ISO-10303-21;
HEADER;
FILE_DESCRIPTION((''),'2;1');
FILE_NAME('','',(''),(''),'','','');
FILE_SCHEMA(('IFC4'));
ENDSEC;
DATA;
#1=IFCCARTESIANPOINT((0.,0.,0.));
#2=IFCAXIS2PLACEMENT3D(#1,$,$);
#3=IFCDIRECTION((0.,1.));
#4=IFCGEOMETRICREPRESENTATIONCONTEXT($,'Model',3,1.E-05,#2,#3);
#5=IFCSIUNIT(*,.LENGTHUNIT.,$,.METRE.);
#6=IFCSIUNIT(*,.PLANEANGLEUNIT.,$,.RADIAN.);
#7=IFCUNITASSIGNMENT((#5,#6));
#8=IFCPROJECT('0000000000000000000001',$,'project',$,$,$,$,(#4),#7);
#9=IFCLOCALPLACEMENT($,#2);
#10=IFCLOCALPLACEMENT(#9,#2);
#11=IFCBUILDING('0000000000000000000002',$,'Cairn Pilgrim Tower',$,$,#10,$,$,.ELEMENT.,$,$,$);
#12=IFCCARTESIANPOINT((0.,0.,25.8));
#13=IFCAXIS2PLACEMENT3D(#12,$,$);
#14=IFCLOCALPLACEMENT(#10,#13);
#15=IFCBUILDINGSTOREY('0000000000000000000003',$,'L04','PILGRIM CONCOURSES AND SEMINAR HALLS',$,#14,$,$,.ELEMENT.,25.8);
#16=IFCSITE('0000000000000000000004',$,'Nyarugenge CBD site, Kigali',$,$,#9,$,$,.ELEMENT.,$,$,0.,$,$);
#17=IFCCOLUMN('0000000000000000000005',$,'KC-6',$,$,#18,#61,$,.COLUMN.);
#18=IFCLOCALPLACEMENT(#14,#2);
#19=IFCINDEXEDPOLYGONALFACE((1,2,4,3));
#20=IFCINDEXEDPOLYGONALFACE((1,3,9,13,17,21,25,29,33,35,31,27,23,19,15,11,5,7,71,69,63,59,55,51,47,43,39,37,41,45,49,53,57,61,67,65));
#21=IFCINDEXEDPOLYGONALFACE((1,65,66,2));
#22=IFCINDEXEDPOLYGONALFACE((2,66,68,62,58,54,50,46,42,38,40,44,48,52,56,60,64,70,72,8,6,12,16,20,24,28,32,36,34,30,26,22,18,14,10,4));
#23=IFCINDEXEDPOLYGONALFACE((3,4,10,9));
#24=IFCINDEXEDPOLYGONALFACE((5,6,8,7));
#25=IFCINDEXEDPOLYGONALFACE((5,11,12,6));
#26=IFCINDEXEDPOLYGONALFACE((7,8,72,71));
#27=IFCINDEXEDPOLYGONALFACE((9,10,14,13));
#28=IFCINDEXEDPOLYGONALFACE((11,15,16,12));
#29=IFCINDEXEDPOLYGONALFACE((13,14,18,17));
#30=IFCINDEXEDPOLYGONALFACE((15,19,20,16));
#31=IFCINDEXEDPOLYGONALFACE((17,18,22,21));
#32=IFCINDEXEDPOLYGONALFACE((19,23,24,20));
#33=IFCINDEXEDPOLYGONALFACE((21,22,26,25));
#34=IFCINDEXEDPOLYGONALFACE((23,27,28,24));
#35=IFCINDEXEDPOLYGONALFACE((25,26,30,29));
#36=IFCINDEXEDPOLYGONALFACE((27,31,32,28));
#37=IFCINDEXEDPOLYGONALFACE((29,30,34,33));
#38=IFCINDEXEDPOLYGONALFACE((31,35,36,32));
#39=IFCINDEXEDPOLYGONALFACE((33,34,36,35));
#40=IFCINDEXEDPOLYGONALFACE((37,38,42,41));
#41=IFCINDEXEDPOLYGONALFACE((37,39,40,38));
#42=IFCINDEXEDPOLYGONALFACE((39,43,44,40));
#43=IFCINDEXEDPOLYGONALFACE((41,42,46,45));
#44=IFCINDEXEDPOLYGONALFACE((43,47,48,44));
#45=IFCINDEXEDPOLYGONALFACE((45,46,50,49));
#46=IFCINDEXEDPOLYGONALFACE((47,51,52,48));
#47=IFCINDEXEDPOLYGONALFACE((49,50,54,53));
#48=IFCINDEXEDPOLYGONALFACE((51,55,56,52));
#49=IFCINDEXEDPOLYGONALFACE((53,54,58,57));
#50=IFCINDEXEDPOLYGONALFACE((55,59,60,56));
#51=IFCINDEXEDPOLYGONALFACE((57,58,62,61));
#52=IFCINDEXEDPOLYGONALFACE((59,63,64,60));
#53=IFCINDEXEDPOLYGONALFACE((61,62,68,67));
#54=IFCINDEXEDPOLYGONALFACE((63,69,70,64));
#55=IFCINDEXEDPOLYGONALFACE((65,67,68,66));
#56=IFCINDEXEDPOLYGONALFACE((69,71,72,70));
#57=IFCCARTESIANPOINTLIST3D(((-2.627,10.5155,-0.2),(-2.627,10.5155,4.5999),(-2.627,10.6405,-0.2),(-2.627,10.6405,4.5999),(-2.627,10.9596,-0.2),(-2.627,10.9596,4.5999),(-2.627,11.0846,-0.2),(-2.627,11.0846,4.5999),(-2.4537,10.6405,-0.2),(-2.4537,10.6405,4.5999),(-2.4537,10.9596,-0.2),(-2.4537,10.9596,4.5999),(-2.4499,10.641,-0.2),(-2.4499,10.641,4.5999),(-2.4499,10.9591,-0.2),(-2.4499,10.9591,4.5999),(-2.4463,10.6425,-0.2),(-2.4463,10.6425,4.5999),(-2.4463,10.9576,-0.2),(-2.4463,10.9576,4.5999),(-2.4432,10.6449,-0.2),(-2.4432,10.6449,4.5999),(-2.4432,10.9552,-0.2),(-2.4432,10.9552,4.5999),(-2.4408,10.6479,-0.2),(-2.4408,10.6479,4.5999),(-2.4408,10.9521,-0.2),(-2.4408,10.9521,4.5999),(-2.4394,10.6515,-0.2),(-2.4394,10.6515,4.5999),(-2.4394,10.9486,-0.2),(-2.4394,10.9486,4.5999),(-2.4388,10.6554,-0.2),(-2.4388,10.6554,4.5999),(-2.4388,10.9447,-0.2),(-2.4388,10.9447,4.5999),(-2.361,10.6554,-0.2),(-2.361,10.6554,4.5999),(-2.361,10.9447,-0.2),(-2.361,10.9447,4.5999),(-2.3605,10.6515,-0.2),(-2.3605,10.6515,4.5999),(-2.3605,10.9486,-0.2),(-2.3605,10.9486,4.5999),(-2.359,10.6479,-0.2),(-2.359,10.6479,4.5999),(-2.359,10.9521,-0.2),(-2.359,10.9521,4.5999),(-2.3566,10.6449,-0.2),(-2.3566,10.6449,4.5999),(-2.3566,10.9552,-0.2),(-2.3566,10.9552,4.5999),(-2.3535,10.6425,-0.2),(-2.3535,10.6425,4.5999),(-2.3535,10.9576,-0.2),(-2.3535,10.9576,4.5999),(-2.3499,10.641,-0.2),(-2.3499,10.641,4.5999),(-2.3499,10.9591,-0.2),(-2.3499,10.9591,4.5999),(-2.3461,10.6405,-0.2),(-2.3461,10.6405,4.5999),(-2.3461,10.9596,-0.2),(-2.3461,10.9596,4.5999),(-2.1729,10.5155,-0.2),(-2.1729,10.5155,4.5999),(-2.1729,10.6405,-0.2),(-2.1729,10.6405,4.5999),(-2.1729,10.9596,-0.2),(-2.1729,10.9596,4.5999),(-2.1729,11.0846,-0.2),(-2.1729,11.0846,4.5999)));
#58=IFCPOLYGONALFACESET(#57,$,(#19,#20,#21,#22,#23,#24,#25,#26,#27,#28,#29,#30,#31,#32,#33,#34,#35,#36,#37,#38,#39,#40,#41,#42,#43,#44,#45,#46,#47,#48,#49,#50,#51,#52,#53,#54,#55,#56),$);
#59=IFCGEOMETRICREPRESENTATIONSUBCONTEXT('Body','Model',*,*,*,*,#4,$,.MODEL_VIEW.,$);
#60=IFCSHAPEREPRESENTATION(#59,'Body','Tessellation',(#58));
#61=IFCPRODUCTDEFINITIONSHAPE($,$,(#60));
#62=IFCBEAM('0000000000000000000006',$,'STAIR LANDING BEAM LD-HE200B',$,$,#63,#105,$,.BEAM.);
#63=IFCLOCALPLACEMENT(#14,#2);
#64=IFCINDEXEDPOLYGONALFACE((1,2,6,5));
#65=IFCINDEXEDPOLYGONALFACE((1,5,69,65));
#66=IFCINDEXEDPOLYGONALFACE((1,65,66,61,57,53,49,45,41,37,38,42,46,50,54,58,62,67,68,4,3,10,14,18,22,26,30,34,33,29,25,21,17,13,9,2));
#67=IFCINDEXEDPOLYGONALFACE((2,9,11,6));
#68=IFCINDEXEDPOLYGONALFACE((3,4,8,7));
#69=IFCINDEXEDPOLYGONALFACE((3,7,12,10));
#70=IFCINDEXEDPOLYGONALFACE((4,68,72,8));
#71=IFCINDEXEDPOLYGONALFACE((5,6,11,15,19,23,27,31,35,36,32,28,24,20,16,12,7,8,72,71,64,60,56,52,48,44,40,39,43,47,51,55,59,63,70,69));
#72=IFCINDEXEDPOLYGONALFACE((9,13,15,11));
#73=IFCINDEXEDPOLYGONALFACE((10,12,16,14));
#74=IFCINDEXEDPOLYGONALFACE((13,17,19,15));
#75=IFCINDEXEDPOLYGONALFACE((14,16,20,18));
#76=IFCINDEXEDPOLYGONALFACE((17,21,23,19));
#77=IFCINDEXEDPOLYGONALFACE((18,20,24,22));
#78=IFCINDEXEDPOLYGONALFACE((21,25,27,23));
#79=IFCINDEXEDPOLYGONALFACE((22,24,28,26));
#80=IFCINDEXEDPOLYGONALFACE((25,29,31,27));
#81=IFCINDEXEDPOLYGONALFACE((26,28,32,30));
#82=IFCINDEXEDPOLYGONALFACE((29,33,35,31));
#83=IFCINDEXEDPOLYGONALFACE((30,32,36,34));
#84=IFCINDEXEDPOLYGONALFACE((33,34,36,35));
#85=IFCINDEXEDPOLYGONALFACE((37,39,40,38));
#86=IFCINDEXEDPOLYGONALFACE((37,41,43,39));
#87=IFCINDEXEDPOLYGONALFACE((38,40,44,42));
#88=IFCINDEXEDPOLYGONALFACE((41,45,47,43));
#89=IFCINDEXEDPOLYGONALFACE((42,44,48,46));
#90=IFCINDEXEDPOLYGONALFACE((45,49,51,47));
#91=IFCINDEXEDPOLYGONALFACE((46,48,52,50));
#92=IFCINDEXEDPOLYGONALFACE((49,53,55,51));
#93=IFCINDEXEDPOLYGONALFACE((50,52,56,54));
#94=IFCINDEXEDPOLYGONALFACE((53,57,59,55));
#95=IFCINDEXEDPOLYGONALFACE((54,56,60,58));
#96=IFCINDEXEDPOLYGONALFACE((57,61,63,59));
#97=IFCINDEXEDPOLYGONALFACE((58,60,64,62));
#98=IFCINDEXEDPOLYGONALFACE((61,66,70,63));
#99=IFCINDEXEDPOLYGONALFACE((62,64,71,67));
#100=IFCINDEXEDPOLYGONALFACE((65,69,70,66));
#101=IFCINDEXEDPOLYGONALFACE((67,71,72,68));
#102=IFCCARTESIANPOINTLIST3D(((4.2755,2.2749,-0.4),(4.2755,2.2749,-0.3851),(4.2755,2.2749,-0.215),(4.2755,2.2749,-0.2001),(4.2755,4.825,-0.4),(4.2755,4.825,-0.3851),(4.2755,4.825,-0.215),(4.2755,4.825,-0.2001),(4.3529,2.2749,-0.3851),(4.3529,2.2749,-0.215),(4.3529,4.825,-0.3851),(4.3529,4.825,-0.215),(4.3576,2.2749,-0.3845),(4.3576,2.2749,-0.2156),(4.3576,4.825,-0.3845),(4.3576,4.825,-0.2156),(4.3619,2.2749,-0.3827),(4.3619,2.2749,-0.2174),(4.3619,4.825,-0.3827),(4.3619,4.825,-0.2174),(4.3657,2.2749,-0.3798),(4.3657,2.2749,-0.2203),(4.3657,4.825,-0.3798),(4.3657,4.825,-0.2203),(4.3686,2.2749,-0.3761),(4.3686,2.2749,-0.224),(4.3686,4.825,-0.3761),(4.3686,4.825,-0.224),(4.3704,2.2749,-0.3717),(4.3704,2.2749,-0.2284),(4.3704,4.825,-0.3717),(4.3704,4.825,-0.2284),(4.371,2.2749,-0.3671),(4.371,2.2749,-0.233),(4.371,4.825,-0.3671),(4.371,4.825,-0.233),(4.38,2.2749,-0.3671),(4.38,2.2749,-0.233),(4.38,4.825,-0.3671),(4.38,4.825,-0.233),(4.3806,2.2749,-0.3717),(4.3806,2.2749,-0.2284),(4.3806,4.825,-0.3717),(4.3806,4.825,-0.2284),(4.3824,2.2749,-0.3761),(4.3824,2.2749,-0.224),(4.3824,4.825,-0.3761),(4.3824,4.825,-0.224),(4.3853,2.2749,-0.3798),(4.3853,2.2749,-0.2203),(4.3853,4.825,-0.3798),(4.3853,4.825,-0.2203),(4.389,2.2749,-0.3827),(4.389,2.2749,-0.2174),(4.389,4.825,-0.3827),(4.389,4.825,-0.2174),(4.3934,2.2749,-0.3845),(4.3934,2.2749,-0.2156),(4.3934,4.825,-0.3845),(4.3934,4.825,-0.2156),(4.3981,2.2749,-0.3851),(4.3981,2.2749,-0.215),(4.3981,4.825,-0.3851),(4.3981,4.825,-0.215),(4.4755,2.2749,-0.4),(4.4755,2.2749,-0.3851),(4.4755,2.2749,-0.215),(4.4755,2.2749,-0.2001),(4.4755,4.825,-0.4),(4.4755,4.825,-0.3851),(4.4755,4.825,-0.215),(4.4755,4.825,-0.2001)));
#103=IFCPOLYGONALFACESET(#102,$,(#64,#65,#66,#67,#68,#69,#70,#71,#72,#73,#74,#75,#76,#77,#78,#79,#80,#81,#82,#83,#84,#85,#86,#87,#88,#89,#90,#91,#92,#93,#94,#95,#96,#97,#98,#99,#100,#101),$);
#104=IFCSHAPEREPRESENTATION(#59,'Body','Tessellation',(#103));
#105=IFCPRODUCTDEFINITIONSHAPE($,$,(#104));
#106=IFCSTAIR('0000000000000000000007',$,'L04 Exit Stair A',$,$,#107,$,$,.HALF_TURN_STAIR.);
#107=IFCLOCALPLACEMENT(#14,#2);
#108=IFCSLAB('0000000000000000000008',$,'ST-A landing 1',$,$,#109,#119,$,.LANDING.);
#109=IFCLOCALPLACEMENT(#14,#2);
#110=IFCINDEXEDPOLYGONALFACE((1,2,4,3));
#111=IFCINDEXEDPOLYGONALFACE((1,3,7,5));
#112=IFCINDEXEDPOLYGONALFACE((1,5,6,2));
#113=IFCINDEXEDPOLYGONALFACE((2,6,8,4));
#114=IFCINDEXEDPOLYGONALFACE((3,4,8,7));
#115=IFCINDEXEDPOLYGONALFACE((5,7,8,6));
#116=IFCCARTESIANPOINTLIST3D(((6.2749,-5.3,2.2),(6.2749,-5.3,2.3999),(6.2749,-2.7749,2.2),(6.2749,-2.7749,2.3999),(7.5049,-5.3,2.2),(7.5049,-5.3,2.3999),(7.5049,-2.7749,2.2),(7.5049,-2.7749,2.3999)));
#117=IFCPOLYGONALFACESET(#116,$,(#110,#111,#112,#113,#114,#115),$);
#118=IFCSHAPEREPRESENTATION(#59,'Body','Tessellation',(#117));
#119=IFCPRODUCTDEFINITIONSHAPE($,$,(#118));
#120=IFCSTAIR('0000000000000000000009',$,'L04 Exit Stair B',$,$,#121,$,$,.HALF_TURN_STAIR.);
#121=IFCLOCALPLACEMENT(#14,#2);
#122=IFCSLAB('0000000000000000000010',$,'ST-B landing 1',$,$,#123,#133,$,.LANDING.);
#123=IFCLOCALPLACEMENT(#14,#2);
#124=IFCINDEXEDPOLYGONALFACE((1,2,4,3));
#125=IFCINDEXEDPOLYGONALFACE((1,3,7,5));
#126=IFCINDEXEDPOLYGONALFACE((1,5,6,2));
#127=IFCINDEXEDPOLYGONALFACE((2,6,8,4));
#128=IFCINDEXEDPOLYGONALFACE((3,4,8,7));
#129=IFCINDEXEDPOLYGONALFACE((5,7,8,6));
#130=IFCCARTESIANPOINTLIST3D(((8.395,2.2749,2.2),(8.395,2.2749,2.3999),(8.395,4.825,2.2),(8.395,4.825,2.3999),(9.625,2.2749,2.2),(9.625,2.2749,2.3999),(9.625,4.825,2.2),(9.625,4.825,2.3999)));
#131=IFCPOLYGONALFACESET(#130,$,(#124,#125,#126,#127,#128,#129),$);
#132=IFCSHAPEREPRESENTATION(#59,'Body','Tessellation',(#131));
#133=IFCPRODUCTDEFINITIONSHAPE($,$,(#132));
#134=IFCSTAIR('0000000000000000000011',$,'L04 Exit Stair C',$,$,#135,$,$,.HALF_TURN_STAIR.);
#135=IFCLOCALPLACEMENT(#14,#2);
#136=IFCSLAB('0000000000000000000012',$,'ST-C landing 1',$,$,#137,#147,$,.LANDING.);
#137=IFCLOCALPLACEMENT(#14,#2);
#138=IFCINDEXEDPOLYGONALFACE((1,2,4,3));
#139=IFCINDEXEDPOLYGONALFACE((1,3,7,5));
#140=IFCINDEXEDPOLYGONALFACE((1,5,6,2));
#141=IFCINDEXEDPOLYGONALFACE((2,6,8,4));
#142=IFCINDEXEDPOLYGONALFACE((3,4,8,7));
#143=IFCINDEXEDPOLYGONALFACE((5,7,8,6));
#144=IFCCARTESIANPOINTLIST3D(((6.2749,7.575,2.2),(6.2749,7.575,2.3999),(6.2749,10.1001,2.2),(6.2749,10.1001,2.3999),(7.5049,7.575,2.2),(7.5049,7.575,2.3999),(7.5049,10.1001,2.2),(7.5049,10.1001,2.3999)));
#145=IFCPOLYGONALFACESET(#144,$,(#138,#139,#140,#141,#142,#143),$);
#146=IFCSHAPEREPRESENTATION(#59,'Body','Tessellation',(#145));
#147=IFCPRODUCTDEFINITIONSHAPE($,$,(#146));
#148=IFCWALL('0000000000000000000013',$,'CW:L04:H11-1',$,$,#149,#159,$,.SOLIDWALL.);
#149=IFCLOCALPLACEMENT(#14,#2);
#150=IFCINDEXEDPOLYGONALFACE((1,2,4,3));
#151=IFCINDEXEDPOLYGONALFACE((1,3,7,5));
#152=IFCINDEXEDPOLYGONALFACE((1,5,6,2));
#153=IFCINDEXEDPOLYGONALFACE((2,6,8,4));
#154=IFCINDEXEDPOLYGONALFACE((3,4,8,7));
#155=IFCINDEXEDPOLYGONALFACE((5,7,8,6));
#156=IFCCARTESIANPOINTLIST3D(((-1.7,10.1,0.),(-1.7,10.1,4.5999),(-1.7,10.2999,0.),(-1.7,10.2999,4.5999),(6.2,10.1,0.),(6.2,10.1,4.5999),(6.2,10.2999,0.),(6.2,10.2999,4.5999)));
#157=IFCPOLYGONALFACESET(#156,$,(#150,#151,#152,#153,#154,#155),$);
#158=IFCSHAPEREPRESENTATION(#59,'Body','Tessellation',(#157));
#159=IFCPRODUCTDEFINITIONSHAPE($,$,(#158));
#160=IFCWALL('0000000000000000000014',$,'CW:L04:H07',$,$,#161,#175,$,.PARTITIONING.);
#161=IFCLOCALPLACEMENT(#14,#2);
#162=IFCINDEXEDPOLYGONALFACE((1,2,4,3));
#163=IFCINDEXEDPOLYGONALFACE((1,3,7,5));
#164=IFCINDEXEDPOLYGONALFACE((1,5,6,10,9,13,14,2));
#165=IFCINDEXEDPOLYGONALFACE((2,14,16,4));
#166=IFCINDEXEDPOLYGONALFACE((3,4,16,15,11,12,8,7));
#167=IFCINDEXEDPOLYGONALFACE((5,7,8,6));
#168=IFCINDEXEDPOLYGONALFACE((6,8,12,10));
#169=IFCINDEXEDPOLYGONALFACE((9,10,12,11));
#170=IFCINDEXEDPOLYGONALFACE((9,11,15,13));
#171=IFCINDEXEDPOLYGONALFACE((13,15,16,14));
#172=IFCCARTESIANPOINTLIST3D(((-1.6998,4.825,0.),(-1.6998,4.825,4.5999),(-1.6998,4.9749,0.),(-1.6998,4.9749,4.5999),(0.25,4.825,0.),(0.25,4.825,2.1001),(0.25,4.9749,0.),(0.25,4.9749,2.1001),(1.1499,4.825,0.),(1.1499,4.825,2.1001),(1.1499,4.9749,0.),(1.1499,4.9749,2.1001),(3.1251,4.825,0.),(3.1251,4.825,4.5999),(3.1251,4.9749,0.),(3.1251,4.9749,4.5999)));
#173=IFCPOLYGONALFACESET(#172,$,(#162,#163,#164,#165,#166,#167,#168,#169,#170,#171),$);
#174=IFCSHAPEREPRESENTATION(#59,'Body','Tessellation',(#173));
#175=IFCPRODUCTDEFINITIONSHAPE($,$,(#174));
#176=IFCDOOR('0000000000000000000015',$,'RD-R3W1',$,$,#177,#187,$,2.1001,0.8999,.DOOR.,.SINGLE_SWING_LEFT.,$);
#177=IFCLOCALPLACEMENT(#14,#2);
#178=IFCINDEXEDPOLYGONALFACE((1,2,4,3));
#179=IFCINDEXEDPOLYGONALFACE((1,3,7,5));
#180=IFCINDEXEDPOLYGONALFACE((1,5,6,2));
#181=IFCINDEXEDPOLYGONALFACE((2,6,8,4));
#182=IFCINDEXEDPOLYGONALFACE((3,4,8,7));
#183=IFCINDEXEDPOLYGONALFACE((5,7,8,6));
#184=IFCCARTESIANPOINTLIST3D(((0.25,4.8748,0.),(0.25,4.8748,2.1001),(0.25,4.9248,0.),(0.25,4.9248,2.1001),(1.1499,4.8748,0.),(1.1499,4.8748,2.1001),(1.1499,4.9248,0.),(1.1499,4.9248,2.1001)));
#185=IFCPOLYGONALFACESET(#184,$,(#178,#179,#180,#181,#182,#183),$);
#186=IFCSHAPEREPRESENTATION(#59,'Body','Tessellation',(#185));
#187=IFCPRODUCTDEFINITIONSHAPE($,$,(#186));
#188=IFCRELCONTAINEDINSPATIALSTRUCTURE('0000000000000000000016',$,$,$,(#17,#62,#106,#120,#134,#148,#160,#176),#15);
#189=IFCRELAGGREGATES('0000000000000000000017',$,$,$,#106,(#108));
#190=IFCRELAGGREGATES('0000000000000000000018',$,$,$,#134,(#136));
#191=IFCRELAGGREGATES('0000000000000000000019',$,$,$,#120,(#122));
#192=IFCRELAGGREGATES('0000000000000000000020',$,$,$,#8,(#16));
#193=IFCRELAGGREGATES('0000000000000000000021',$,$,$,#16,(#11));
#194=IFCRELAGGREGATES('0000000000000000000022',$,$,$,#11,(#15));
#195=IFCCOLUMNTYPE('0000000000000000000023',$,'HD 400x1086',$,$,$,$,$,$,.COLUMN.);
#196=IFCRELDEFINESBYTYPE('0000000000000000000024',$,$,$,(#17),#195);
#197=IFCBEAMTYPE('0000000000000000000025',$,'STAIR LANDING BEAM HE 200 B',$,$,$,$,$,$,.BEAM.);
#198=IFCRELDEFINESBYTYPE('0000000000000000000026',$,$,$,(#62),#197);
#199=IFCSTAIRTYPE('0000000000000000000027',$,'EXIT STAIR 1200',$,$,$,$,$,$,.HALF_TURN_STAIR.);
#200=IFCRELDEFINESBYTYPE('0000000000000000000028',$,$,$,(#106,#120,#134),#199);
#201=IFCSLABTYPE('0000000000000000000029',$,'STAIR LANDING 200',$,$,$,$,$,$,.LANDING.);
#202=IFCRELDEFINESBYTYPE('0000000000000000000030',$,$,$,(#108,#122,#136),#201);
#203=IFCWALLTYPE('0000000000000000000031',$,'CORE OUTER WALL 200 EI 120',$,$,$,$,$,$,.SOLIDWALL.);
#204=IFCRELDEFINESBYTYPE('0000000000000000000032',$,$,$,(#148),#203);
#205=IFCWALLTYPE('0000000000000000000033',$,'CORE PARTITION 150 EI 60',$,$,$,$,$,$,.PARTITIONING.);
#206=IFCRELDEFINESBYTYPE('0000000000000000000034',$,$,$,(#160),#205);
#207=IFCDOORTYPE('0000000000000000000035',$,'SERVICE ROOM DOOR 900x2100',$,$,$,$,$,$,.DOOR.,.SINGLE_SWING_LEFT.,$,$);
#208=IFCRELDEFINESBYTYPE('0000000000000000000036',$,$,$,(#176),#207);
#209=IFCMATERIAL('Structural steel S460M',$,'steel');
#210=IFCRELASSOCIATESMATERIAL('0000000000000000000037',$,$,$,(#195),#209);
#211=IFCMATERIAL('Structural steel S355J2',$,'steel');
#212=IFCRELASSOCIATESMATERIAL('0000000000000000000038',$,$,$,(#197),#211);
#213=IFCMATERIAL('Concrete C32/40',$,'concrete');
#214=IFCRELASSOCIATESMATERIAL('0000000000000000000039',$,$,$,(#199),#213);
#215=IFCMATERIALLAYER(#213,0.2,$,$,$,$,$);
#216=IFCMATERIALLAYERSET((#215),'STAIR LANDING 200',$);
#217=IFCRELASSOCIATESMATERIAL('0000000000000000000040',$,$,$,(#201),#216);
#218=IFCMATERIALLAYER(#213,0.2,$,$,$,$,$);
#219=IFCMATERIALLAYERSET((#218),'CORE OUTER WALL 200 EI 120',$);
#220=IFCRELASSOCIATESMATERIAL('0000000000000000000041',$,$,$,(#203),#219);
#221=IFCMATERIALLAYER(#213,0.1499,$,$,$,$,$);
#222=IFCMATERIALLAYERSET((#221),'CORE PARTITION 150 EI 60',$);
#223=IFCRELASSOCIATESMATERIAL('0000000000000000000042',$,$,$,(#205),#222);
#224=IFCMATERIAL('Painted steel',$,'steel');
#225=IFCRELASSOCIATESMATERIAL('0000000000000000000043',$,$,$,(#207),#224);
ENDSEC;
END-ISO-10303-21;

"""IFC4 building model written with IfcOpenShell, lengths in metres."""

from ifc_helpers import new_model, si_unit, direction, frame, frame_2d, origin, origin_2d, place, context, subcontext, project, spatial, polyline, rectangle, i_section, outline, extrude, material, layer, layer_set, material_profile, profile_set, type_object, element, fill, aggregate, save


model = new_model("IFC4")

# Units and contexts
model_context = context("Model", 3, precision=1e-05, world=origin(), true_north=direction((0.0, 1.0)))
body_context = subcontext(model_context, "Body", "Model", "MODEL_VIEW")
ifc_project = project(units=[si_unit("LENGTHUNIT", "METRE"), si_unit("PLANEANGLEUNIT", "RADIAN")], contexts=[model_context])

# Site, building, storey
site_placement = place(None, origin())
site = spatial("IfcSite", under=ifc_project, at=site_placement, Name="Nyarugenge CBD site, Kigali", CompositionType="ELEMENT", RefElevation=0.0)
building_placement = place(site_placement, origin())
building = spatial("IfcBuilding", under=site, at=building_placement, Name="Cairn Pilgrim Tower", CompositionType="ELEMENT")
storey_placement = place(building_placement, frame((0.0, 0.0, 25.8)))
storey = spatial("IfcBuildingStorey", under=building, at=storey_placement, Name="L04", Description="PILGRIM CONCOURSES AND SEMINAR HALLS", CompositionType="ELEMENT", Elevation=25.8)

# Column
ifc_material_1 = material(Name="Structural steel S460M", Category="steel")
ifc_material_profile_1 = material_profile(ifc_material_1, i_section(OverallWidth=0.4541, OverallDepth=0.5691, WebThickness=0.0779, FlangeThickness=0.125, FilletRadius=0.0149, at=origin_2d()), Name="HD 400x1086")
ifc_profile_set_1 = profile_set([ifc_material_profile_1], Name="Structural steel S460M")
column_type = type_object("IfcColumnType", Name="HD 400x1086", PredefinedType="COLUMN", material=ifc_profile_set_1)
column_placement = place(storey_placement, frame((-2.3999, 10.8, -0.2), z_axis=(0.0, 0.0, 1.0), x_axis=(1.0, 0.0, 0.0)))
element("IfcColumn", 1, at=column_placement, inside=storey, type_object=column_type, Name="KC-6", PredefinedType="COLUMN", context=body_context, shape_type="SweptSolid", body=[
    extrude(i_section(OverallWidth=0.4541, OverallDepth=0.5691, WebThickness=0.0779, FlangeThickness=0.125, FilletRadius=0.0149, at=origin_2d()), origin(), (0.0, 0.0, 1.0), 4.7998),
])

# Beam
ifc_material_2 = material(Name="Structural steel S355J2", Category="steel")
ifc_material_profile_2 = material_profile(ifc_material_2, i_section(OverallWidth=0.2, OverallDepth=0.2, WebThickness=0.009, FlangeThickness=0.0149, FilletRadius=0.0181, at=origin_2d()), Name="HE 200 B")
ifc_profile_set_2 = profile_set([ifc_material_profile_2], Name="Structural steel S355J2")
beam_type = type_object("IfcBeamType", Name="STAIR LANDING BEAM HE 200 B", PredefinedType="BEAM", material=ifc_profile_set_2)
beam_placement = place(storey_placement, frame((4.3755, 2.2749, -0.3), z_axis=(0.0, 1.0, 0.0), x_axis=(-1.0, 0.0, 0.0)))
element("IfcBeam", 2, at=beam_placement, inside=storey, type_object=beam_type, Name="STAIR LANDING BEAM LD-HE200B", PredefinedType="BEAM", context=body_context, shape_type="SweptSolid", body=[
    extrude(i_section(OverallWidth=0.2, OverallDepth=0.2, WebThickness=0.009, FlangeThickness=0.0149, FilletRadius=0.0181, at=origin_2d()), origin(), (0.0, 0.0, 1.0), 2.55),
])

# Stairs, slabs
ifc_material_3 = material(Name="Concrete C32/40", Category="concrete")
stair_type = type_object("IfcStairType", Name="EXIT STAIR 1200", PredefinedType="HALF_TURN_STAIR", material=ifc_material_3)
stair_1_placement = place(storey_placement, origin())
stair_1 = element("IfcStair", 3, at=stair_1_placement, inside=storey, type_object=stair_type, Name="L04 Exit Stair A", PredefinedType="HALF_TURN_STAIR")
ifc_layer_1 = layer(ifc_material_3, 0.2)
ifc_layer_set_1 = layer_set([ifc_layer_1], Name="STAIR LANDING 200")
slab_type = type_object("IfcSlabType", Name="STAIR LANDING 200", PredefinedType="LANDING", material=ifc_layer_set_1)
slab_1_placement = place(storey_placement, frame((0.0, 0.0, 2.2)))
slab_1 = element("IfcSlab", 4, at=slab_1_placement, type_object=slab_type, Name="ST-A landing 1", PredefinedType="LANDING", context=body_context, shape_type="SweptSolid", body=[
    extrude(outline(polyline([(7.5049, -2.7749), (6.2749, -2.7749), (6.2749, -5.3), (7.5049, -5.3), (7.5049, -2.7749)])), origin(), (0.0, 0.0, 1.0), 0.2),
])
aggregate(stair_1, [slab_1])
stair_2_placement = place(storey_placement, origin())
stair_2 = element("IfcStair", 5, at=stair_2_placement, inside=storey, type_object=stair_type, Name="L04 Exit Stair B", PredefinedType="HALF_TURN_STAIR")
slab_2_placement = place(storey_placement, frame((0.0, 0.0, 2.2)))
slab_2 = element("IfcSlab", 6, at=slab_2_placement, type_object=slab_type, Name="ST-B landing 1", PredefinedType="LANDING", context=body_context, shape_type="SweptSolid", body=[
    extrude(outline(polyline([(8.395, 2.2749), (9.625, 2.2749), (9.625, 4.825), (8.395, 4.825), (8.395, 2.2749)])), origin(), (0.0, 0.0, 1.0), 0.2),
])
stair_3_placement = place(storey_placement, origin())
stair_3 = element("IfcStair", 7, at=stair_3_placement, inside=storey, type_object=stair_type, Name="L04 Exit Stair C", PredefinedType="HALF_TURN_STAIR")
slab_3_placement = place(storey_placement, frame((0.0, 0.0, 2.2)))
slab_3 = element("IfcSlab", 8, at=slab_3_placement, type_object=slab_type, Name="ST-C landing 1", PredefinedType="LANDING", context=body_context, shape_type="SweptSolid", body=[
    extrude(outline(polyline([(7.5049, 10.1001), (6.2749, 10.1001), (6.2749, 7.575), (7.5049, 7.575), (7.5049, 10.1001)])), origin(), (0.0, 0.0, 1.0), 0.2),
])
aggregate(stair_3, [slab_3])

# Wall
ifc_layer_2 = layer(ifc_material_3, 0.2)
ifc_layer_set_2 = layer_set([ifc_layer_2], Name="CORE OUTER WALL 200 EI 120")
wall_type_1 = type_object("IfcWallType", Name="CORE OUTER WALL 200 EI 120", PredefinedType="SOLIDWALL", material=ifc_layer_set_2)
wall_1_placement = place(storey_placement, frame((-1.7, 10.2, 0.0), z_axis=(0.0, 0.0, 1.0), x_axis=(1.0, 0.0, 0.0)))
element("IfcWall", 9, at=wall_1_placement, inside=storey, type_object=wall_type_1, Name="CW:L04:H11-1", PredefinedType="SOLIDWALL", context=body_context, shape_type="SweptSolid", body=[
    extrude(rectangle(XDim=7.8999, YDim=0.2, at=frame_2d((3.95, 0.0))), origin(), (0.0, 0.0, 1.0), 4.5999),
])

# Wall, opening, door
ifc_layer_3 = layer(ifc_material_3, 0.1499)
ifc_layer_set_3 = layer_set([ifc_layer_3], Name="CORE PARTITION 150 EI 60")
wall_type_2 = type_object("IfcWallType", Name="CORE PARTITION 150 EI 60", PredefinedType="PARTITIONING", material=ifc_layer_set_3)
wall_2_placement = place(storey_placement, frame((-1.7, 4.8999, 0.0), z_axis=(0.0, 0.0, 1.0), x_axis=(1.0, 0.0, 0.0)))
wall_2 = element("IfcWall", 10, at=wall_2_placement, inside=storey, type_object=wall_type_2, Name="CW:L04:H07", PredefinedType="PARTITIONING", context=body_context, shape_type="SweptSolid", body=[
    extrude(rectangle(XDim=4.825, YDim=0.1499, at=frame_2d((2.4126, 0.0))), origin(), (0.0, 0.0, 1.0), 4.5999),
])
opening_1_placement = place(wall_2_placement, frame((1.95, 0.0, 0.0)))
opening_1 = element("IfcOpeningElement", 11, at=opening_1_placement, cuts=wall_2, PredefinedType="OPENING", context=body_context, shape_type="SweptSolid", body=[
    extrude(rectangle(XDim=0.8999, YDim=2.1001, at=frame_2d((0.45, 1.05))), frame((0.0, 0.085, 0.0), z_axis=(0.0, -1.0, 0.0), x_axis=(1.0, 0.0, 0.0)), (0.0, 0.0, 1.0), 0.1699),
])
ifc_material_4 = material(Name="Painted steel", Category="steel")
door_type_1 = type_object("IfcDoorType", Name="SERVICE ROOM DOOR 900x2100", OperationType="SINGLE_SWING_LEFT", PredefinedType="DOOR", material=ifc_material_4)
door_1_placement = place(opening_1_placement, origin())
door_1 = element("IfcDoor", 12, at=door_1_placement, inside=storey, type_object=door_type_1, Name="RD-R3W1", OperationType="SINGLE_SWING_LEFT", OverallHeight=2.1001, OverallWidth=0.8999, PredefinedType="DOOR", context=body_context, shape_type="SweptSolid", body=[
    extrude(rectangle(XDim=0.8999, YDim=2.1001, at=frame_2d((0.45, 1.05))), frame((0.0, 0.0249, 0.0), z_axis=(0.0, -1.0, 0.0), x_axis=(1.0, 0.0, 0.0)), (0.0, 0.0, 1.0), 0.05),
])
fill(opening_1, door_1)

aggregate(stair_2, [slab_2])

save(model, "model.ifc")
